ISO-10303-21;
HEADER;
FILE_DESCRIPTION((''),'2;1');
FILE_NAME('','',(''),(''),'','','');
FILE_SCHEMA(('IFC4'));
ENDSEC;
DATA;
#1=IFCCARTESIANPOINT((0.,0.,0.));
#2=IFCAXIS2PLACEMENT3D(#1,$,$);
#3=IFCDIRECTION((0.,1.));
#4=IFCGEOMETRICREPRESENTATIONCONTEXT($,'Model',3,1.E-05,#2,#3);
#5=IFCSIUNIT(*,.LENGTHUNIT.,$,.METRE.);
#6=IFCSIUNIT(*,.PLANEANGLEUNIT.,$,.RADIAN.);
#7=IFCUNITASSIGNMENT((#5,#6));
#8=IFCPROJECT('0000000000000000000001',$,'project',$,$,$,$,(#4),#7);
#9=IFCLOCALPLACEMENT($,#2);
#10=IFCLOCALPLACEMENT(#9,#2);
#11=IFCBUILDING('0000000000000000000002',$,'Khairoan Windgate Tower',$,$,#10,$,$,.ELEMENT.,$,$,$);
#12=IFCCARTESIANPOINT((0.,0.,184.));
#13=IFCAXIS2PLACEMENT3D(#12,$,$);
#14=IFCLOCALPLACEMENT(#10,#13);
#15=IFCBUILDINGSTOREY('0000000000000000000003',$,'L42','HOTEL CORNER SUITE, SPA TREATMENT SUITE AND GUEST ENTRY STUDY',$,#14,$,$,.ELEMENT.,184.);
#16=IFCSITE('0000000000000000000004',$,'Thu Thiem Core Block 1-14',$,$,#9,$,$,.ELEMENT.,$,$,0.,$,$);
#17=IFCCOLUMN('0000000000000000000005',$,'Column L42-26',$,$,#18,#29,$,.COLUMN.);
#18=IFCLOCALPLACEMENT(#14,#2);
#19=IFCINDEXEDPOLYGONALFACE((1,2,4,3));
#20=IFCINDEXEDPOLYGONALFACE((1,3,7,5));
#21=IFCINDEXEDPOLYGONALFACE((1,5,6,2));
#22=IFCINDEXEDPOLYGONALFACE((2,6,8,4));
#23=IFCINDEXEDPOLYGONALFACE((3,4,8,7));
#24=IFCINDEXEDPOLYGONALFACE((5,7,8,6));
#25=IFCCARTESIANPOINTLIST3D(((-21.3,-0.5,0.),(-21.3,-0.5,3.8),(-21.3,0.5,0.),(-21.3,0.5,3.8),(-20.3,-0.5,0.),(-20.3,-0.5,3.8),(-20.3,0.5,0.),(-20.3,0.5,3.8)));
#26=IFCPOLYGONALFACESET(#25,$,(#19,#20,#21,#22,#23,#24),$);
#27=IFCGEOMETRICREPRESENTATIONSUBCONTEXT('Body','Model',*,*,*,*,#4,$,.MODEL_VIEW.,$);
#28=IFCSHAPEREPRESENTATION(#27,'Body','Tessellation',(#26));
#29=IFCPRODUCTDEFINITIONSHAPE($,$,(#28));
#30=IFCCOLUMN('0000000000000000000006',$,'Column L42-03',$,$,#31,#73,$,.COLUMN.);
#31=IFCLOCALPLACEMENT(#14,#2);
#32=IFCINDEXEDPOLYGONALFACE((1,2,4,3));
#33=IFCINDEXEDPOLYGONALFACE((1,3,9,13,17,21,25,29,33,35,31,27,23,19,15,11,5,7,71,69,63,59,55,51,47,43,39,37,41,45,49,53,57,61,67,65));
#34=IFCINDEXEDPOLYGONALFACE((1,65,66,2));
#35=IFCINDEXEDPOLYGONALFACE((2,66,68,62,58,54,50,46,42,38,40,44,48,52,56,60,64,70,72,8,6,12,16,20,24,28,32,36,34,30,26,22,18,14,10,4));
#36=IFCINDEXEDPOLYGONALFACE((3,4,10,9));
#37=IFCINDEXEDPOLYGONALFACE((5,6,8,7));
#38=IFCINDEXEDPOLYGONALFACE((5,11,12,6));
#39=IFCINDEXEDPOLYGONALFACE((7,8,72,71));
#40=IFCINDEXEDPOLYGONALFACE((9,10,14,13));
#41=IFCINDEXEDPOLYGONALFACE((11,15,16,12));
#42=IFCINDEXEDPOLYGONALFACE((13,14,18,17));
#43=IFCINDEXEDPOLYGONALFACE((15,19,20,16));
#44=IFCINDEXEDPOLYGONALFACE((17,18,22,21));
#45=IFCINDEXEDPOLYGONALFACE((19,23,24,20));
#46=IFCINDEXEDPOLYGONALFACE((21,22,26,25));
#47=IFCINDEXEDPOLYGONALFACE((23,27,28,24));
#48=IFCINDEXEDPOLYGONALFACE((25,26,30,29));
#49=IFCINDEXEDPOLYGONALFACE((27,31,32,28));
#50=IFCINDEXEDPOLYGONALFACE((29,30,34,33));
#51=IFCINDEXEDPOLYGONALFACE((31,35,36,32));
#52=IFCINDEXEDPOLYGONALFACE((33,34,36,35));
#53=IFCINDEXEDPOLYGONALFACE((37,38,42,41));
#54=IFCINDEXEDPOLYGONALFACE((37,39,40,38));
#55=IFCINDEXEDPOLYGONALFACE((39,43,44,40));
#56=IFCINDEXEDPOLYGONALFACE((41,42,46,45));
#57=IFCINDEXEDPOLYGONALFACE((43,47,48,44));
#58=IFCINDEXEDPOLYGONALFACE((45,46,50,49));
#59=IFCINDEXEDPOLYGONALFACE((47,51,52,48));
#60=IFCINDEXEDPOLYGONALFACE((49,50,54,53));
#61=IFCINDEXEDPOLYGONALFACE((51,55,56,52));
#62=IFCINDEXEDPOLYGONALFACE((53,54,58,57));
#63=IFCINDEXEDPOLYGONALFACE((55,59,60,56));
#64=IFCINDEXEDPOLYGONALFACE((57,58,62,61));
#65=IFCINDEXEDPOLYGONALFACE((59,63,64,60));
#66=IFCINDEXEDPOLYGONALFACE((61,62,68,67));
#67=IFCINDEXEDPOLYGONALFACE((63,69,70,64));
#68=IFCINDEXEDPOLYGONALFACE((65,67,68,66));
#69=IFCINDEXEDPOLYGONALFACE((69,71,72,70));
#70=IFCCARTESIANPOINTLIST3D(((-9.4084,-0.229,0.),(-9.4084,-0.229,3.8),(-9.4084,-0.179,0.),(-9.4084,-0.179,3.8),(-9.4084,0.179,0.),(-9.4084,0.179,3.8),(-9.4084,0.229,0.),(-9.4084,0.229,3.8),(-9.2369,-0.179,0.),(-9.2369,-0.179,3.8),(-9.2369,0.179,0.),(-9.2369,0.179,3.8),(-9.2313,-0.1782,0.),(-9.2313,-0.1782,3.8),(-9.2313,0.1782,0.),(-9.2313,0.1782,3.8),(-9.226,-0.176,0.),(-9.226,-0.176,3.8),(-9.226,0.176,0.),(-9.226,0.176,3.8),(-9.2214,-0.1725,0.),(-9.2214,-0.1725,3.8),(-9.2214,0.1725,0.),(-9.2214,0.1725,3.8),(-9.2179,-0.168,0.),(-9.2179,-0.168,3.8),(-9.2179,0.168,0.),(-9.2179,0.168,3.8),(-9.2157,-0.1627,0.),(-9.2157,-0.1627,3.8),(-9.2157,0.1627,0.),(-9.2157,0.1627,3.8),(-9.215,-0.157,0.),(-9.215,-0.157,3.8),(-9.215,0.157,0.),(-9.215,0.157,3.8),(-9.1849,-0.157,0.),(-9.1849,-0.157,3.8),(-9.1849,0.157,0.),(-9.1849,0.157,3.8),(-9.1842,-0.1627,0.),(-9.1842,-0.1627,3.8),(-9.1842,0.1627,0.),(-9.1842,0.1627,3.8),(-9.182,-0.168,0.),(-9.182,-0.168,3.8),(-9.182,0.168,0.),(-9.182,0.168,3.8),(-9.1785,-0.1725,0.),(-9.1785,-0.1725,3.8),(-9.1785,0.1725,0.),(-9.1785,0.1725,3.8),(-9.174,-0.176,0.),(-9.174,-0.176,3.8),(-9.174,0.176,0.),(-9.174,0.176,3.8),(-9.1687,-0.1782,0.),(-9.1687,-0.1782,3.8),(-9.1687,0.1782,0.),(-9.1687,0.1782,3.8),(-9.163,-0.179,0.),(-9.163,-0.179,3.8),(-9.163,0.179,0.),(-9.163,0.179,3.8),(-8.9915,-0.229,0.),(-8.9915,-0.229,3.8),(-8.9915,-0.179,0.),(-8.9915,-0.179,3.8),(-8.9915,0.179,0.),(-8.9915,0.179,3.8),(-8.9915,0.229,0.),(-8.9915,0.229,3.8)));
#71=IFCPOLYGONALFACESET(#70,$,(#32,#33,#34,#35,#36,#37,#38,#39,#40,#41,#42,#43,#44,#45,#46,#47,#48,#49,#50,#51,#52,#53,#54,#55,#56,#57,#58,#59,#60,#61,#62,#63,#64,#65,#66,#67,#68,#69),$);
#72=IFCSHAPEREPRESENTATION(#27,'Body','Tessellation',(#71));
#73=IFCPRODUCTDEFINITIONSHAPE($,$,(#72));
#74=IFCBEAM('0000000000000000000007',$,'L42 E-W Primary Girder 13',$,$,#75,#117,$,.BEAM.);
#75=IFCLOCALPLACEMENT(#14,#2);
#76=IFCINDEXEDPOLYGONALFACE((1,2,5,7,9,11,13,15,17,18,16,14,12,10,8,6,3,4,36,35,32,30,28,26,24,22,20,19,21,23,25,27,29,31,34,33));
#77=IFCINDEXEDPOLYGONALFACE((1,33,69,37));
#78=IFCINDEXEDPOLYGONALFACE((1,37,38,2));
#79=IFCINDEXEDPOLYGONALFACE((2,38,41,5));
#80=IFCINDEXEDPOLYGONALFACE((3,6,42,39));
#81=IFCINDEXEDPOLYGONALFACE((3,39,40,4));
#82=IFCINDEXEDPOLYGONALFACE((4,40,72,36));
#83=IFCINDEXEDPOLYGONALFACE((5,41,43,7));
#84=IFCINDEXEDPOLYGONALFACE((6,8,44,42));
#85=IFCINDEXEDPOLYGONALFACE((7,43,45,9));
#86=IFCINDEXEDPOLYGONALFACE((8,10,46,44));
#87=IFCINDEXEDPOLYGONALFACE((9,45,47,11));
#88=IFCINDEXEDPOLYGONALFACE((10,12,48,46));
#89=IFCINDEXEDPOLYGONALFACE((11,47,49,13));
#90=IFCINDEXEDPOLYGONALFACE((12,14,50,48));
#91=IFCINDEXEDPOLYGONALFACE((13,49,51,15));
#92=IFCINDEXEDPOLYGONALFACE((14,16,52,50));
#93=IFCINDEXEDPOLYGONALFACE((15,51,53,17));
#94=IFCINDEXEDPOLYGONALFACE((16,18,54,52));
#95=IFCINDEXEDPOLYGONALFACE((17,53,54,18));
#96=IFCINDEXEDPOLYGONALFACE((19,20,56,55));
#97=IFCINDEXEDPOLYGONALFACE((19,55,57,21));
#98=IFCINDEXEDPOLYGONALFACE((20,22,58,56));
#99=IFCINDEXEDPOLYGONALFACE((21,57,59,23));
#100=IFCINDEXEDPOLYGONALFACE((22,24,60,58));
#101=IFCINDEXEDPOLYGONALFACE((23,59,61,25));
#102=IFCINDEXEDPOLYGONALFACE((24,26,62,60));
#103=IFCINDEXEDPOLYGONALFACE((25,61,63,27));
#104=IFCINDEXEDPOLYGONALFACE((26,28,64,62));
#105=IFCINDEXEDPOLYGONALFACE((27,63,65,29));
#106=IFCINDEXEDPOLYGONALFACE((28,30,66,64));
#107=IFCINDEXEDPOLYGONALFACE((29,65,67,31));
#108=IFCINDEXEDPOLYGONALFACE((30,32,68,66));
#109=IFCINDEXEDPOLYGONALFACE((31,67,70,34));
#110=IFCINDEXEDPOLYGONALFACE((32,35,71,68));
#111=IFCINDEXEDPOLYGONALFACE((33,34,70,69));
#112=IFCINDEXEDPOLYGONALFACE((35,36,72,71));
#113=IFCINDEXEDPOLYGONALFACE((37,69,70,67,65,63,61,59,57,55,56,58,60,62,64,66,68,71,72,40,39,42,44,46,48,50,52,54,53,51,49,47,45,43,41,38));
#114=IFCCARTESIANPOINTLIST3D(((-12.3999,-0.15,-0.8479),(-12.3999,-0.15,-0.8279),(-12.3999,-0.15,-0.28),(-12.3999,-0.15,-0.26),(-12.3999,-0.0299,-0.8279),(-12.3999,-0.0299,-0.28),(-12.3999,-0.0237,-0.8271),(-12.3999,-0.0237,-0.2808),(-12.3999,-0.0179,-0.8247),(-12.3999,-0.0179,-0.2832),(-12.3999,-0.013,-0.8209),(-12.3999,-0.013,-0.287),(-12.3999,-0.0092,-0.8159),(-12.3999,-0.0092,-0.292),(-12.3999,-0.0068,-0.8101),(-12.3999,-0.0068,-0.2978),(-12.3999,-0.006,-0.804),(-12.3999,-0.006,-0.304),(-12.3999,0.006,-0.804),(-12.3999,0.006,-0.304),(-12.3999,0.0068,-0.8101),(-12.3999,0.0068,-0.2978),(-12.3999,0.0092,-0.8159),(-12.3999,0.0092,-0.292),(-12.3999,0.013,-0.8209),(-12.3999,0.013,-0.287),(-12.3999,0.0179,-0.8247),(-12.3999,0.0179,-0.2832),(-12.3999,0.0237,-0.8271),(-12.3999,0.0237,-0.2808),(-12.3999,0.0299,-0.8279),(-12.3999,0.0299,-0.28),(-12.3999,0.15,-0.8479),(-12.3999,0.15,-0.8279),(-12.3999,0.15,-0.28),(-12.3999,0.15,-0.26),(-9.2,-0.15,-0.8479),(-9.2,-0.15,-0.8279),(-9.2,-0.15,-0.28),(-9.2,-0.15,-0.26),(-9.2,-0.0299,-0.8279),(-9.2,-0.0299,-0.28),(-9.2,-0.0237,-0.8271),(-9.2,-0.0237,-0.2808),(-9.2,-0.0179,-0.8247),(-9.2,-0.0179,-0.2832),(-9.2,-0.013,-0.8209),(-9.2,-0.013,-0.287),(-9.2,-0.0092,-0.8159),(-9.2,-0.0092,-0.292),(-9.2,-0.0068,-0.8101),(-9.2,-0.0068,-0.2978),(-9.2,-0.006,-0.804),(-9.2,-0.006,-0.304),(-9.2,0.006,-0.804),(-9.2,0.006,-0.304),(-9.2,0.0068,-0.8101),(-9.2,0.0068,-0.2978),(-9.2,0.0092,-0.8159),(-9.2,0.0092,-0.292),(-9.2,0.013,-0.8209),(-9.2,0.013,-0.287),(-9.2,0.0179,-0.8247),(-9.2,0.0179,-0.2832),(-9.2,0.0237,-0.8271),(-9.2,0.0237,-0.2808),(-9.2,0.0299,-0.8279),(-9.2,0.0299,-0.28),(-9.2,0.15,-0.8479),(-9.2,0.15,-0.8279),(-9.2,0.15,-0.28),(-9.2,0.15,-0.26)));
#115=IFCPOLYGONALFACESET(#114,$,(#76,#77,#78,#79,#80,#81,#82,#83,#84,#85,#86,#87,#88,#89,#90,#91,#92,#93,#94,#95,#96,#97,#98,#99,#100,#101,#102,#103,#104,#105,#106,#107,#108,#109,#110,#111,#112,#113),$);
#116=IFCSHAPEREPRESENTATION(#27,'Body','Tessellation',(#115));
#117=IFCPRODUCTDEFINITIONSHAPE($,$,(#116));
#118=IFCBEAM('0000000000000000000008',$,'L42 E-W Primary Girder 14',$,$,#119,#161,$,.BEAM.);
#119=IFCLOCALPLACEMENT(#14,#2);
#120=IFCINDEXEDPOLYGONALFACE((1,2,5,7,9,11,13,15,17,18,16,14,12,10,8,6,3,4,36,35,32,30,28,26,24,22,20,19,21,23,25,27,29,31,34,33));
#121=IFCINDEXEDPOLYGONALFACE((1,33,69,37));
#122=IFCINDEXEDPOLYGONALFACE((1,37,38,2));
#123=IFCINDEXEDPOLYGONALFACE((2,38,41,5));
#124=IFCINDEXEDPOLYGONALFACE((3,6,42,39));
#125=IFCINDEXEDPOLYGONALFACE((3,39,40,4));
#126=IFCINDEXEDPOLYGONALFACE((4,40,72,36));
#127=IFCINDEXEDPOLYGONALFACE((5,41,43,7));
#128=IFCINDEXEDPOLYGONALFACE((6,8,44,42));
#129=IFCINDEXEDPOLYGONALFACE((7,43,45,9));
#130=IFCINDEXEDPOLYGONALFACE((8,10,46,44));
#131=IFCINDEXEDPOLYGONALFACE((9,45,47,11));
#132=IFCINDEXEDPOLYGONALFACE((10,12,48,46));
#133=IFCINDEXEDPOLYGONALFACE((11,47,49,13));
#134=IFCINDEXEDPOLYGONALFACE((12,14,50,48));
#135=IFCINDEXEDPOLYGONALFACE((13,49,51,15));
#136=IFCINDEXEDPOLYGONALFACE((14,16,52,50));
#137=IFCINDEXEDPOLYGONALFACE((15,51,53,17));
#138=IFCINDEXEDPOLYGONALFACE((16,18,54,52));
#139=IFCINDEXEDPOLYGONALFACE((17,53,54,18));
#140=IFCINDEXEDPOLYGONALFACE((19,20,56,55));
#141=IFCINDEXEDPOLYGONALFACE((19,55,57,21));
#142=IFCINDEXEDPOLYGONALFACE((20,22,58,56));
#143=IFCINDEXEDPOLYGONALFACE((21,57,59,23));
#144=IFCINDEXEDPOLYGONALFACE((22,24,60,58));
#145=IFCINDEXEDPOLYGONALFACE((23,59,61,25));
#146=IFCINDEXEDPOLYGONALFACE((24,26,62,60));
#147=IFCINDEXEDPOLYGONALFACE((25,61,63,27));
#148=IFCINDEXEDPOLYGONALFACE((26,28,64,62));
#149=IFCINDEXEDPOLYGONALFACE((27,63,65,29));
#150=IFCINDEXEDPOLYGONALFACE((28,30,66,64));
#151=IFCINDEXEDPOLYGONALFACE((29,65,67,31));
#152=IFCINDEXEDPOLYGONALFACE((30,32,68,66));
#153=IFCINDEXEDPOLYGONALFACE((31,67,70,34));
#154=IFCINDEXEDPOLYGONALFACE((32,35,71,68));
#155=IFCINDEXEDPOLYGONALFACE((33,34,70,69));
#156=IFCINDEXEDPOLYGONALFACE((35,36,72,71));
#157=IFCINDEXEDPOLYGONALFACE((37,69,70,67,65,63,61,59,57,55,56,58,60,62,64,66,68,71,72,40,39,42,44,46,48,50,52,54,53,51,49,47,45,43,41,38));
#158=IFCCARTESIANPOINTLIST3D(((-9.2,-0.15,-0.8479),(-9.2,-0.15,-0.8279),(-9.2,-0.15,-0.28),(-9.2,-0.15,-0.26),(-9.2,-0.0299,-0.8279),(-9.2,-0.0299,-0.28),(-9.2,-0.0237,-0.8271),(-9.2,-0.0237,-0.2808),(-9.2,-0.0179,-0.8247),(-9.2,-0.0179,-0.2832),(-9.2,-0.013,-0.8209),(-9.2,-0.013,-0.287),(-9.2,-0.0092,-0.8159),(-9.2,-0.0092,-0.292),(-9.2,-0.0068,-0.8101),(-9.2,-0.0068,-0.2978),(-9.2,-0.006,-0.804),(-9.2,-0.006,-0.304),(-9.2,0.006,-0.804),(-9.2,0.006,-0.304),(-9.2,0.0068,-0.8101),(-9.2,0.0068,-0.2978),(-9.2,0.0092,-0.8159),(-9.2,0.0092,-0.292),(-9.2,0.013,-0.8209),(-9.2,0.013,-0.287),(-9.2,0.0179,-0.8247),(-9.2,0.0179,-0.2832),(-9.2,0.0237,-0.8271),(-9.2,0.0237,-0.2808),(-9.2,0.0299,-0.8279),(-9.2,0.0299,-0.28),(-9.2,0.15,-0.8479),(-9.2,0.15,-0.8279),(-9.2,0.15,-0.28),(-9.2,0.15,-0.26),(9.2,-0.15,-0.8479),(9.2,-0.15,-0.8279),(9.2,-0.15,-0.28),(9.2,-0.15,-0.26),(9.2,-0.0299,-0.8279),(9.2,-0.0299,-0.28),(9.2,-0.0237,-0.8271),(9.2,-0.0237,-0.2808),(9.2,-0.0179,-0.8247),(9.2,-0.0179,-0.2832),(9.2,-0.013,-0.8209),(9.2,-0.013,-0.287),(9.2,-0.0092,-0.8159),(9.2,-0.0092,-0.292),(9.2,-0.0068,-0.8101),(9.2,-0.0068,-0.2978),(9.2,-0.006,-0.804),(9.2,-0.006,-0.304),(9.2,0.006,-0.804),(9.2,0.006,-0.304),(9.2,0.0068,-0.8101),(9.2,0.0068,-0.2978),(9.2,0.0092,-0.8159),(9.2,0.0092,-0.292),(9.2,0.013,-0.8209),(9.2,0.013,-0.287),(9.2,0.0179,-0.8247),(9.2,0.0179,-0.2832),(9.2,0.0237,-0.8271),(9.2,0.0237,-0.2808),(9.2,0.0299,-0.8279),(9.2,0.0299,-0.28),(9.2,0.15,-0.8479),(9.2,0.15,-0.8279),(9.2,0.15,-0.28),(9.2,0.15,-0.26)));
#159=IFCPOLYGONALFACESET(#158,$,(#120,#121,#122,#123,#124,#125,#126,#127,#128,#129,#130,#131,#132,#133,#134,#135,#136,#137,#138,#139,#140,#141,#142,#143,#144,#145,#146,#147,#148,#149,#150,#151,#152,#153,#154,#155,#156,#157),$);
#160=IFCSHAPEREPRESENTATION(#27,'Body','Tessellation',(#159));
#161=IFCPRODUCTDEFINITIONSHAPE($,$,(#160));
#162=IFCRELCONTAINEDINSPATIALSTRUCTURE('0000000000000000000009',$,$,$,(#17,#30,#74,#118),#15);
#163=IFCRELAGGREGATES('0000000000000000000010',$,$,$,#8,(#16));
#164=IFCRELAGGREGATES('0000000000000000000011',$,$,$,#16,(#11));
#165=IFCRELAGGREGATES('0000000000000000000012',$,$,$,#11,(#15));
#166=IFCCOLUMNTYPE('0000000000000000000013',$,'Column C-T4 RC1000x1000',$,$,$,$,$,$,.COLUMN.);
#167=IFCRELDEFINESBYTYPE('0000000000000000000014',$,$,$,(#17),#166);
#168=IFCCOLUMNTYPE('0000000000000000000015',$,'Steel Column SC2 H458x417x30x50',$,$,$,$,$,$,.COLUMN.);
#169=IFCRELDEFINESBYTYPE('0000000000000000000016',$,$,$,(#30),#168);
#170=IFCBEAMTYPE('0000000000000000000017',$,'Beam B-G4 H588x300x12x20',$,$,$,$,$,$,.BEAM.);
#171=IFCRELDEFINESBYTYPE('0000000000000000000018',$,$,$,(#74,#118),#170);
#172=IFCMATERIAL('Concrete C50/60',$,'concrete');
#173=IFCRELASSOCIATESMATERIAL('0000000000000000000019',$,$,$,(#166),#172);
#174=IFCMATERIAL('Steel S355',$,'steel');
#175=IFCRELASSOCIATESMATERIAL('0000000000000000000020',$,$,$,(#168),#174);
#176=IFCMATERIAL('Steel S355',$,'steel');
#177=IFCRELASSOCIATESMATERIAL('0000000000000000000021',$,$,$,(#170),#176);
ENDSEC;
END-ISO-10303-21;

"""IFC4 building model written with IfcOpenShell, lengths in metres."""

from ifc_helpers import new_model, si_unit, direction, frame, origin, origin_2d, place, context, subcontext, project, spatial, rectangle, i_section, extrude, material, material_profile, profile_set, type_object, element, save


model = new_model("IFC4")

# Units and contexts
model_context = context("Model", 3, precision=1e-05, world=origin(), true_north=direction((0.0, 1.0)))
body_context = subcontext(model_context, "Body", "Model", "MODEL_VIEW")
ifc_project = project(units=[si_unit("LENGTHUNIT", "METRE"), si_unit("PLANEANGLEUNIT", "RADIAN")], contexts=[model_context])

# Site, building, storey
site_placement = place(None, origin())
site = spatial("IfcSite", under=ifc_project, at=site_placement, Name="Thu Thiem Core Block 1-14", CompositionType="ELEMENT", RefElevation=0.0)
building_placement = place(site_placement, origin())
building = spatial("IfcBuilding", under=site, at=building_placement, Name="Khairoan Windgate Tower", CompositionType="ELEMENT")
storey_placement = place(building_placement, frame((0.0, 0.0, 184.0)))
storey = spatial("IfcBuildingStorey", under=building, at=storey_placement, Name="L42", Description="HOTEL CORNER SUITE, SPA TREATMENT SUITE AND GUEST ENTRY STUDY", CompositionType="ELEMENT", Elevation=184.0)

# Columns
ifc_material_1 = material(Name="Concrete C50/60", Category="concrete")
ifc_material_profile_1 = material_profile(ifc_material_1, rectangle(XDim=1.0, YDim=1.0, at=origin_2d()))
ifc_profile_set_1 = profile_set([ifc_material_profile_1], Name="Concrete C50/60")
column_type_1 = type_object("IfcColumnType", Name="Column C-T4 RC1000x1000", PredefinedType="COLUMN", material=ifc_profile_set_1)
column_1_placement = place(storey_placement, frame((-20.8, 0.0, 0.0), z_axis=(0.0, 0.0, 1.0), x_axis=(1.0, 0.0, 0.0)))
element("IfcColumn", 1, at=column_1_placement, inside=storey, type_object=column_type_1, Name="Column L42-26", PredefinedType="COLUMN", context=body_context, shape_type="SweptSolid", body=[
    extrude(rectangle(XDim=1.0, YDim=1.0, at=origin_2d()), origin(), (0.0, 0.0, 1.0), 3.8),
])
ifc_material_2 = material(Name="Steel S355", Category="steel")
ifc_material_profile_2 = material_profile(ifc_material_2, i_section(OverallWidth=0.417, OverallDepth=0.458, WebThickness=0.03, FlangeThickness=0.05, FilletRadius=0.022, at=origin_2d()))
ifc_profile_set_2 = profile_set([ifc_material_profile_2], Name="Steel S355")
column_type_2 = type_object("IfcColumnType", Name="Steel Column SC2 H458x417x30x50", PredefinedType="COLUMN", material=ifc_profile_set_2)
column_2_placement = place(storey_placement, frame((-9.2, 0.0, 0.0), z_axis=(0.0, 0.0, 1.0), x_axis=(1.0, 0.0, 0.0)))
element("IfcColumn", 2, at=column_2_placement, inside=storey, type_object=column_type_2, Name="Column L42-03", PredefinedType="COLUMN", context=body_context, shape_type="SweptSolid", body=[
    extrude(i_section(OverallWidth=0.417, OverallDepth=0.458, WebThickness=0.03, FlangeThickness=0.05, FilletRadius=0.022, at=origin_2d()), origin(), (0.0, 0.0, 1.0), 3.8),
])

# Beams
ifc_material_3 = material(Name="Steel S355", Category="steel")
ifc_material_profile_3 = material_profile(ifc_material_3, i_section(OverallWidth=0.3, OverallDepth=0.5879, WebThickness=0.012, FlangeThickness=0.02, FilletRadius=0.0239, at=origin_2d()))
ifc_profile_set_3 = profile_set([ifc_material_profile_3], Name="Steel S355")
beam_type_1 = type_object("IfcBeamType", Name="Beam B-G4 H588x300x12x20", PredefinedType="BEAM", material=ifc_profile_set_3)
beam_1_placement = place(storey_placement, frame((-12.3999, 0.0, -0.554), z_axis=(1.0, 0.0, 0.0), x_axis=(0.0, 1.0, 0.0)))
element("IfcBeam", 3, at=beam_1_placement, inside=storey, type_object=beam_type_1, Name="L42 E-W Primary Girder 13", PredefinedType="BEAM", context=body_context, shape_type="SweptSolid", body=[
    extrude(i_section(OverallWidth=0.3, OverallDepth=0.5879, WebThickness=0.012, FlangeThickness=0.02, FilletRadius=0.0239, at=origin_2d()), origin(), (0.0, 0.0, 1.0), 3.2),
])
beam_2_placement = place(storey_placement, frame((-9.2, 0.0, -0.554), z_axis=(1.0, 0.0, 0.0), x_axis=(0.0, 1.0, 0.0)))
element("IfcBeam", 4, at=beam_2_placement, inside=storey, type_object=beam_type_1, Name="L42 E-W Primary Girder 14", PredefinedType="BEAM", context=body_context, shape_type="SweptSolid", body=[
    extrude(i_section(OverallWidth=0.3, OverallDepth=0.5879, WebThickness=0.012, FlangeThickness=0.02, FilletRadius=0.0239, at=origin_2d()), origin(), (0.0, 0.0, 1.0), 18.3999),
])

save(model, "model.ifc")
